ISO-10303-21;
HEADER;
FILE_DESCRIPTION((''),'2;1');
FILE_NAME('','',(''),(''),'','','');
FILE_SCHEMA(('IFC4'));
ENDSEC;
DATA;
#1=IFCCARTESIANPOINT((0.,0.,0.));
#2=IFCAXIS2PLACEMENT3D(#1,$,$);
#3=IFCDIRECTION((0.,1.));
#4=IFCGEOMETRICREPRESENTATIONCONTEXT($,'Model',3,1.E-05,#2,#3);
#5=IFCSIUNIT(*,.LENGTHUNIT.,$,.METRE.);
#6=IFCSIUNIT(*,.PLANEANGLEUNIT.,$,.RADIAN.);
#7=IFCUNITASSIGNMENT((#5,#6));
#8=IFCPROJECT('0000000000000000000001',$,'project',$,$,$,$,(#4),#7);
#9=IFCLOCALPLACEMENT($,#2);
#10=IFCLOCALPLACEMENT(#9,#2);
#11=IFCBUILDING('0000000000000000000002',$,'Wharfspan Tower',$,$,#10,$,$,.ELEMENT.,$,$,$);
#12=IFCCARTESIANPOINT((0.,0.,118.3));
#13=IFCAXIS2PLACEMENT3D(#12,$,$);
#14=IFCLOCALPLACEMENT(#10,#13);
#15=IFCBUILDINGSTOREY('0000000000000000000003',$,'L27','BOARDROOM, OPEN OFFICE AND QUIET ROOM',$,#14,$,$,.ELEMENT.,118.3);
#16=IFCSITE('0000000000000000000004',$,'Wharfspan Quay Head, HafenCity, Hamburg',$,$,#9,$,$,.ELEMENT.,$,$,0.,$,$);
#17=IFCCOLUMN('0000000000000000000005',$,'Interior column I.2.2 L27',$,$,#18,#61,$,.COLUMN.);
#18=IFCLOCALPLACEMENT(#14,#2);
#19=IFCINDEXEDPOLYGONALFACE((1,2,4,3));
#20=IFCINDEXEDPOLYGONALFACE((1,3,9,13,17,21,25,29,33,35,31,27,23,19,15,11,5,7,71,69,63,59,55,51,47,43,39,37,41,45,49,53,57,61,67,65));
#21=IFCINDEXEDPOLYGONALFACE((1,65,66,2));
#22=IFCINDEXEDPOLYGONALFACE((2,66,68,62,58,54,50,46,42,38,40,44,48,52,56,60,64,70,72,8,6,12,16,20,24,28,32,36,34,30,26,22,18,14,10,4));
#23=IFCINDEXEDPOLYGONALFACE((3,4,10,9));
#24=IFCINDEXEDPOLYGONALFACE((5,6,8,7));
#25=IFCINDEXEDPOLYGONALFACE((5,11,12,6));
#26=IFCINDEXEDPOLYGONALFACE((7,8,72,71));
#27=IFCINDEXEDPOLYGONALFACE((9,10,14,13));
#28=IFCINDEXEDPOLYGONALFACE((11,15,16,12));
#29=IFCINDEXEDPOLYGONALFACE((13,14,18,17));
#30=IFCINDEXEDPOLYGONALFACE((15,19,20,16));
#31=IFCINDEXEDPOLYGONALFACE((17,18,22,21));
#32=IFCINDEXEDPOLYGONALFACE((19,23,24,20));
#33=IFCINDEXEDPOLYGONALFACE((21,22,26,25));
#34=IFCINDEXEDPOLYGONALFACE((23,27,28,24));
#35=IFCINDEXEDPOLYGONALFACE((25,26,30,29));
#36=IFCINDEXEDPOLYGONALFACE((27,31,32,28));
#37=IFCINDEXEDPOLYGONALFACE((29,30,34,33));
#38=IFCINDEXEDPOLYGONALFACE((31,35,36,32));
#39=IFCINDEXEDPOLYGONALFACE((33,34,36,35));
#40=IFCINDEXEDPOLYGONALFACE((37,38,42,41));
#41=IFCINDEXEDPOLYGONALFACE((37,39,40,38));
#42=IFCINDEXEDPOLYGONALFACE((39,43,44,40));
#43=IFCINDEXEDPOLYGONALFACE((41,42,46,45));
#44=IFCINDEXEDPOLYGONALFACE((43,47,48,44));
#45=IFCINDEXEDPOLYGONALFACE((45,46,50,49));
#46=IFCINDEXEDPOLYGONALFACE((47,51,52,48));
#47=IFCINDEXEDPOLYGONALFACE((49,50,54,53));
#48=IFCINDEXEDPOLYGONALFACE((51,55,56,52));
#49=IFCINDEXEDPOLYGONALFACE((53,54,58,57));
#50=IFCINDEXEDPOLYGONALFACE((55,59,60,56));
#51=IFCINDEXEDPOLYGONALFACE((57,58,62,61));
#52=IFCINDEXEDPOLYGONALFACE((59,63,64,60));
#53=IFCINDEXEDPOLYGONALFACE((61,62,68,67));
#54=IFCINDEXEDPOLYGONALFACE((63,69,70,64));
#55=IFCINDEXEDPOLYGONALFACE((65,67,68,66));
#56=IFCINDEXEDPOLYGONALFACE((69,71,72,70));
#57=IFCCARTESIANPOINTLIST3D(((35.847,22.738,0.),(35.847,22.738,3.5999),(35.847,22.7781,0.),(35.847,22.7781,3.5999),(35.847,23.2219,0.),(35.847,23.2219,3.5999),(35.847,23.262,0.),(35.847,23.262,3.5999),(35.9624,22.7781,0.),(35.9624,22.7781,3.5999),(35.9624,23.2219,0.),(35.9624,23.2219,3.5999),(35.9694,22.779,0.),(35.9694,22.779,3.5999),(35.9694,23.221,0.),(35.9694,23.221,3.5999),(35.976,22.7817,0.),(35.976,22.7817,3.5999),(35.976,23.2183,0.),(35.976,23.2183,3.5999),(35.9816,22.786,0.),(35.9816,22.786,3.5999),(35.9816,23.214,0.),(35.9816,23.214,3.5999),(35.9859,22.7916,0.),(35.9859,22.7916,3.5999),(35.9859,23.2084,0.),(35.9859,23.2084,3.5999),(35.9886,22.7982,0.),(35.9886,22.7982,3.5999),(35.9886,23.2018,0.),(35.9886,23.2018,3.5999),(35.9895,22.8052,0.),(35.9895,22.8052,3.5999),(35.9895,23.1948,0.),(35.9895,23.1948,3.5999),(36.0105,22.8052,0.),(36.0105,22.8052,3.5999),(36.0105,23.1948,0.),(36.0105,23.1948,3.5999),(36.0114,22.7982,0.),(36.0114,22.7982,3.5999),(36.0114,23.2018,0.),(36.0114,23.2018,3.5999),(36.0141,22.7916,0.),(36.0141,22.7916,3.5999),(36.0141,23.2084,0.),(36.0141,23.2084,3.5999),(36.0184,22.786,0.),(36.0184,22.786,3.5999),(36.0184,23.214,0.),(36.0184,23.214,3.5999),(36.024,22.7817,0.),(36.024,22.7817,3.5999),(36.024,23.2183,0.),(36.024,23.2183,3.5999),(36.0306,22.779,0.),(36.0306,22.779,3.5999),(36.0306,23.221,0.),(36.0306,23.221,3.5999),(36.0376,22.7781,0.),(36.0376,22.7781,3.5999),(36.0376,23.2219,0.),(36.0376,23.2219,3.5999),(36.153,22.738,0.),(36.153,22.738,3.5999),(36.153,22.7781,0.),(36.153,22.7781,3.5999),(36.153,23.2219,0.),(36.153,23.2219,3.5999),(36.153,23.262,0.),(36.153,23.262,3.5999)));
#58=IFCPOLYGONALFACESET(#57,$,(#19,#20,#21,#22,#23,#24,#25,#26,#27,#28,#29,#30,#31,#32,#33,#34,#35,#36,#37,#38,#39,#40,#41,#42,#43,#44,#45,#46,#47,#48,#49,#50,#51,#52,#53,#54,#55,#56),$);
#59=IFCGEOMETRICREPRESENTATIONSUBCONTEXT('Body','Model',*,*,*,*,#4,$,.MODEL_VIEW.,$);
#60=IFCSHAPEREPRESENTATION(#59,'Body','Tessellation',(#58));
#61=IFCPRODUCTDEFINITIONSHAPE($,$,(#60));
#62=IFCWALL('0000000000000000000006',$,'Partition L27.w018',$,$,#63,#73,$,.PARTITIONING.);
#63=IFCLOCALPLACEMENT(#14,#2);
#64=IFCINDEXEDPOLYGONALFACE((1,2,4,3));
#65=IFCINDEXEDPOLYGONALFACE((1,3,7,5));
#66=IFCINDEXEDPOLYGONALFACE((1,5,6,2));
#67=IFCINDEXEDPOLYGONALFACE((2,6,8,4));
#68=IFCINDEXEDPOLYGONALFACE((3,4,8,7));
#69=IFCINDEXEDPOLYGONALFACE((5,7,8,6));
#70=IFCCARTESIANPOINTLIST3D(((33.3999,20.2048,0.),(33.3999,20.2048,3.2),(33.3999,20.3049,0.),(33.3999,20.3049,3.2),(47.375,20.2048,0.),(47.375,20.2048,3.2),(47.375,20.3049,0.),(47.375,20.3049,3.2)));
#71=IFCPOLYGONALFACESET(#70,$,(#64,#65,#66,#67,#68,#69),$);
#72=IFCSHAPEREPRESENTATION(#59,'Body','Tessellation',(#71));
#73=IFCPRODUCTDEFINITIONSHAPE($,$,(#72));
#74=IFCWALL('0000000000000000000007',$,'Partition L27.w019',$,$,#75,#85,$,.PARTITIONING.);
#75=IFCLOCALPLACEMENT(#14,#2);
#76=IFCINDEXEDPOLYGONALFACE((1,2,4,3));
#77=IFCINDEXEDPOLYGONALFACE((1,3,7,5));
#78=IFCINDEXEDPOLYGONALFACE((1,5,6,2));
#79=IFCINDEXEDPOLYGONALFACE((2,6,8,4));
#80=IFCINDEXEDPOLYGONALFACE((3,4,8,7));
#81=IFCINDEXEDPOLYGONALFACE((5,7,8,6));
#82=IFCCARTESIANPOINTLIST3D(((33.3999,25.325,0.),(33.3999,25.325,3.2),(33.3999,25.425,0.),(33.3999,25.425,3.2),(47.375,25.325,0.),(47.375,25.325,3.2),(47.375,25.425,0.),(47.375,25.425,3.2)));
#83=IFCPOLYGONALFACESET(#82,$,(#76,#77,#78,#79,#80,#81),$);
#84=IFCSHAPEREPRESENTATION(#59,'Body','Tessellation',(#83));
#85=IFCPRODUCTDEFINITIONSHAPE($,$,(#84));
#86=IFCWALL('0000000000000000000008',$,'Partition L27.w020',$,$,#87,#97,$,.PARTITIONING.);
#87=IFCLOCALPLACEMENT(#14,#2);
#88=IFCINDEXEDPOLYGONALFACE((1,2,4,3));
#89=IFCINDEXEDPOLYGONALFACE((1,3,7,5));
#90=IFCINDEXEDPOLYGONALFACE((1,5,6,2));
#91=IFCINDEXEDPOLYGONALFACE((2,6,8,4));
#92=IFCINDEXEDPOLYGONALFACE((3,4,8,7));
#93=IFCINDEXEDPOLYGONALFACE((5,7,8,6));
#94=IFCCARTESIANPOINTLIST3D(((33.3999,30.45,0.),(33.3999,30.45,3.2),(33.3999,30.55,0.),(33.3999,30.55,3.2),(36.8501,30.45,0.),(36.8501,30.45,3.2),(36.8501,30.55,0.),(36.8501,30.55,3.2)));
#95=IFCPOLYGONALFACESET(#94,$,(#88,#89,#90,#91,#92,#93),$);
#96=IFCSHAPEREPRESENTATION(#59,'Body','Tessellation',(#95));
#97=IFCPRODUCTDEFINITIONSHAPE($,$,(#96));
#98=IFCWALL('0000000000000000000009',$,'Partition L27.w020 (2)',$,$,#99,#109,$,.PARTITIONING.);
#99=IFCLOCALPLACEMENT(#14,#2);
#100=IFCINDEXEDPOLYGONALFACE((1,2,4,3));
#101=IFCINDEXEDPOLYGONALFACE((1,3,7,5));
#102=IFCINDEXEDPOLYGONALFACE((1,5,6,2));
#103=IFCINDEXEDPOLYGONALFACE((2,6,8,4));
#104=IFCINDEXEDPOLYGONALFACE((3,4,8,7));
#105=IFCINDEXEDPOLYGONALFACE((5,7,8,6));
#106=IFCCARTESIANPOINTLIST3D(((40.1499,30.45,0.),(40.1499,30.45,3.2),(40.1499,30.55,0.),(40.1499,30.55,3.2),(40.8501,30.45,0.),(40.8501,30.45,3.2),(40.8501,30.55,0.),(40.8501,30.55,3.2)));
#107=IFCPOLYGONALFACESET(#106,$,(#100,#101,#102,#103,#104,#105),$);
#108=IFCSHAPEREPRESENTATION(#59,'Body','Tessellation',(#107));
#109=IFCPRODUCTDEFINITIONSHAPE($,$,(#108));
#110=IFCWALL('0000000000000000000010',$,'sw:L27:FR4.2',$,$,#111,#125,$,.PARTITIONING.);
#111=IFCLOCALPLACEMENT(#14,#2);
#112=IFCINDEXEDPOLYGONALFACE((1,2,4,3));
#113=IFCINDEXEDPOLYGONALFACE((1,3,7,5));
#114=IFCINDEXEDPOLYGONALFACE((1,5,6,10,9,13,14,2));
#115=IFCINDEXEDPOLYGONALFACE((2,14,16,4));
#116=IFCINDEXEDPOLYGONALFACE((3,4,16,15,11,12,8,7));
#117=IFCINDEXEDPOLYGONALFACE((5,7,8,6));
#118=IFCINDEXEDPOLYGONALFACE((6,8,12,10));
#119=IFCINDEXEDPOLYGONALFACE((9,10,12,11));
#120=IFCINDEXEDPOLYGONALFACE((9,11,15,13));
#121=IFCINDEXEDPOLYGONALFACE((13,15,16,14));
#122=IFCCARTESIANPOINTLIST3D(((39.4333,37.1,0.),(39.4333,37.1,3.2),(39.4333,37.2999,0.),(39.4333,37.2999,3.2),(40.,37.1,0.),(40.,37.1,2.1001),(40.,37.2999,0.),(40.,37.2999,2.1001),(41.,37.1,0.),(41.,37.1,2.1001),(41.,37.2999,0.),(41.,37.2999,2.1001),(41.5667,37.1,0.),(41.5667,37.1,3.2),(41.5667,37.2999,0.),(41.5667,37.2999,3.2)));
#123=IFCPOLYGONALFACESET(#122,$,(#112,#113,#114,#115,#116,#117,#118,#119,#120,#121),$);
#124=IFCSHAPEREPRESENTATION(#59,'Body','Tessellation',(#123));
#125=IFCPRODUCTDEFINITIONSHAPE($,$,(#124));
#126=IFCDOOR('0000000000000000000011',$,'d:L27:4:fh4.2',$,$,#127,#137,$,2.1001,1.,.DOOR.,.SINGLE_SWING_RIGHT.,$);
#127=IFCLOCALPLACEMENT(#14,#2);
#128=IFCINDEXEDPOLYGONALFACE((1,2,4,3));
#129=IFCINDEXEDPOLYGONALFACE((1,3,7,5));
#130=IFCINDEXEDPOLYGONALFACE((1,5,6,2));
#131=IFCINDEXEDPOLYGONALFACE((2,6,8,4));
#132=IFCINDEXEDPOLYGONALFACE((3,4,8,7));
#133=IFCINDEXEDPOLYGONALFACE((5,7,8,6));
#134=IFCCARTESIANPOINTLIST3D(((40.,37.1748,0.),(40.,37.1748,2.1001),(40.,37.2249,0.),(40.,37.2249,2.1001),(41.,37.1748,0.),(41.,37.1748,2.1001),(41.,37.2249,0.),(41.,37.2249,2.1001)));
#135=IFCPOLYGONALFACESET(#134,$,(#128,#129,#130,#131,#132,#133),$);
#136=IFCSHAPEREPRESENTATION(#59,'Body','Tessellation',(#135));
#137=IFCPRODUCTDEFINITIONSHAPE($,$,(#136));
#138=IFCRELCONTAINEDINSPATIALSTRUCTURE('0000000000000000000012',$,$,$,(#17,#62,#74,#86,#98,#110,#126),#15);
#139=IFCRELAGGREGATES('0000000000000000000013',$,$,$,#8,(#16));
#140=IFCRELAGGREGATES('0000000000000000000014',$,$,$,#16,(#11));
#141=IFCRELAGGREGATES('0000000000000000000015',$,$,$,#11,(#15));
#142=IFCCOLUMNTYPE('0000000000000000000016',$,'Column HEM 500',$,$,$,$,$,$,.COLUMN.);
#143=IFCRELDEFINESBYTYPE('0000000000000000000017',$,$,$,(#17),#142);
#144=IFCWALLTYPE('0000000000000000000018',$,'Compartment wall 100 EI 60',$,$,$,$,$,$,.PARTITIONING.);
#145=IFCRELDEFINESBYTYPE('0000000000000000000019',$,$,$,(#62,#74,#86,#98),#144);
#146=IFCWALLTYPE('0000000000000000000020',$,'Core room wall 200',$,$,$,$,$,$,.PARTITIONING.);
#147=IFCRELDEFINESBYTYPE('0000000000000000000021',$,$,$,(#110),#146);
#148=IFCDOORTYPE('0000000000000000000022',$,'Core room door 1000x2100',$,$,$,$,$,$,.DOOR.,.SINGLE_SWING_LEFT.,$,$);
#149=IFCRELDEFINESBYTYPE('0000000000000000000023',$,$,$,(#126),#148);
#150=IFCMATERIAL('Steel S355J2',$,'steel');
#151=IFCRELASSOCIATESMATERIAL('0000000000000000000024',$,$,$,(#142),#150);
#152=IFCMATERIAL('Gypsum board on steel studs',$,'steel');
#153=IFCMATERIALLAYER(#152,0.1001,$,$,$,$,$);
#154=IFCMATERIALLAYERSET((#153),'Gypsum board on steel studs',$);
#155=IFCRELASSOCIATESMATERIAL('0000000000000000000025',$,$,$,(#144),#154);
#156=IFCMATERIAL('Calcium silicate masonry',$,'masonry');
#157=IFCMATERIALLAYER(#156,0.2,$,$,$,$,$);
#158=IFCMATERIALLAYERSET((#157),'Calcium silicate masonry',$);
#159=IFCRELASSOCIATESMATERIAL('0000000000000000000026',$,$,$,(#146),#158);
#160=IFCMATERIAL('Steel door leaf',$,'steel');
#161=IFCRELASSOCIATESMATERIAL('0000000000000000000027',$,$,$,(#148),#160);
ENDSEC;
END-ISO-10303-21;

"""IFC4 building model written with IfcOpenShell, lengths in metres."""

from ifc_helpers import new_model, si_unit, direction, frame, frame_2d, origin, origin_2d, place, context, subcontext, project, spatial, rectangle, i_section, extrude, material, layer, layer_set, material_profile, profile_set, type_object, element, fill, save


model = new_model("IFC4")

# Units and contexts
model_context = context("Model", 3, precision=1e-05, world=origin(), true_north=direction((0.0, 1.0)))
body_context = subcontext(model_context, "Body", "Model", "MODEL_VIEW")
ifc_project = project(units=[si_unit("LENGTHUNIT", "METRE"), si_unit("PLANEANGLEUNIT", "RADIAN")], contexts=[model_context])

# Site, building, storey
site_placement = place(None, origin())
site = spatial("IfcSite", under=ifc_project, at=site_placement, Name="Wharfspan Quay Head, HafenCity, Hamburg", CompositionType="ELEMENT", RefElevation=0.0)
building_placement = place(site_placement, origin())
building = spatial("IfcBuilding", under=site, at=building_placement, Name="Wharfspan Tower", CompositionType="ELEMENT")
storey_placement = place(building_placement, frame((0.0, 0.0, 118.3)))
storey = spatial("IfcBuildingStorey", under=building, at=storey_placement, Name="L27", Description="BOARDROOM, OPEN OFFICE AND QUIET ROOM", CompositionType="ELEMENT", Elevation=118.3)

# Column
ifc_material_1 = material(Name="Steel S355J2", Category="steel")
ifc_material_profile = material_profile(ifc_material_1, i_section(OverallWidth=0.3059, OverallDepth=0.5239, WebThickness=0.021, FlangeThickness=0.04, FilletRadius=0.0271, at=origin_2d()))
ifc_profile_set = profile_set([ifc_material_profile], Name="Steel S355J2")
column_type = type_object("IfcColumnType", Name="Column HEM 500", PredefinedType="COLUMN", material=ifc_profile_set)
column_placement = place(storey_placement, frame((36.0, 23.0, 0.0), z_axis=(0.0, 0.0, 1.0), x_axis=(1.0, 0.0, 0.0)))
element("IfcColumn", 1, at=column_placement, inside=storey, type_object=column_type, Name="Interior column I.2.2 L27", PredefinedType="COLUMN", context=body_context, shape_type="SweptSolid", body=[
    extrude(i_section(OverallWidth=0.3059, OverallDepth=0.5239, WebThickness=0.021, FlangeThickness=0.04, FilletRadius=0.0271, at=origin_2d()), origin(), (0.0, 0.0, 1.0), 3.5999),
])

# Walls
ifc_material_2 = material(Name="Gypsum board on steel studs", Category="steel")
ifc_layer_1 = layer(ifc_material_2, 0.1001)
ifc_layer_set_1 = layer_set([ifc_layer_1], Name="Gypsum board on steel studs")
wall_type_1 = type_object("IfcWallType", Name="Compartment wall 100 EI 60", PredefinedType="PARTITIONING", material=ifc_layer_set_1)
for number, where, z_axis, x_axis, name in (
    (2, (33.3999, 20.2549, 0.0), (0.0, 0.0, 1.0), (1.0, 0.0, 0.0), "Partition L27.w018"),
    (3, (33.3999, 25.375, 0.0), (0.0, 0.0, 1.0), (1.0, 0.0, 0.0), "Partition L27.w019"),
):
    element("IfcWall", number, at=place(storey_placement, frame(where, z_axis=z_axis, x_axis=x_axis)), inside=storey, type_object=wall_type_1, Name=name, PredefinedType="PARTITIONING", context=body_context, shape_type="SweptSolid", body=[
        extrude(rectangle(XDim=13.9751, YDim=0.1001, at=frame_2d((6.9875, 0.0))), origin(), (0.0, 0.0, 1.0), 3.2),
    ])
wall_1_placement = place(storey_placement, frame((33.3999, 30.5, 0.0), z_axis=(0.0, 0.0, 1.0), x_axis=(1.0, 0.0, 0.0)))
element("IfcWall", 4, at=wall_1_placement, inside=storey, type_object=wall_type_1, Name="Partition L27.w020", PredefinedType="PARTITIONING", context=body_context, shape_type="SweptSolid", body=[
    extrude(rectangle(XDim=3.4502, YDim=0.1001, at=frame_2d((1.7251, 0.0))), origin(), (0.0, 0.0, 1.0), 3.2),
])
wall_2_placement = place(storey_placement, frame((40.1499, 30.5, 0.0), z_axis=(0.0, 0.0, 1.0), x_axis=(1.0, 0.0, 0.0)))
element("IfcWall", 5, at=wall_2_placement, inside=storey, type_object=wall_type_1, Name="Partition L27.w020 (2)", PredefinedType="PARTITIONING", context=body_context, shape_type="SweptSolid", body=[
    extrude(rectangle(XDim=0.7002, YDim=0.1001, at=frame_2d((0.3501, 0.0))), origin(), (0.0, 0.0, 1.0), 3.2),
])

# Wall, opening, door
ifc_material_3 = material(Name="Calcium silicate masonry", Category="masonry")
ifc_layer_2 = layer(ifc_material_3, 0.2)
ifc_layer_set_2 = layer_set([ifc_layer_2], Name="Calcium silicate masonry")
wall_type_2 = type_object("IfcWallType", Name="Core room wall 200", PredefinedType="PARTITIONING", material=ifc_layer_set_2)
wall_3_placement = place(storey_placement, frame((39.4333, 37.2, 0.0), z_axis=(0.0, 0.0, 1.0), x_axis=(1.0, 0.0, 0.0)))
wall_3 = element("IfcWall", 6, at=wall_3_placement, inside=storey, type_object=wall_type_2, Name="sw:L27:FR4.2", PredefinedType="PARTITIONING", context=body_context, shape_type="SweptSolid", body=[
    extrude(rectangle(XDim=2.1333, YDim=0.2, at=frame_2d((1.0667, 0.0))), origin(), (0.0, 0.0, 1.0), 3.2),
])
opening_1_placement = place(wall_3_placement, frame((0.5666, 0.0, 0.0)))
opening_1 = element("IfcOpeningElement", 7, at=opening_1_placement, cuts=wall_3, PredefinedType="OPENING", context=body_context, shape_type="SweptSolid", body=[
    extrude(rectangle(XDim=1.0, YDim=2.1001, at=frame_2d((0.5, 1.05))), frame((0.0, 0.1099, 0.0), z_axis=(0.0, -1.0, 0.0), x_axis=(1.0, 0.0, 0.0)), (0.0, 0.0, 1.0), 0.22),
])
ifc_material_4 = material(Name="Steel door leaf", Category="steel")
door_type_1 = type_object("IfcDoorType", Name="Core room door 1000x2100", OperationType="SINGLE_SWING_LEFT", PredefinedType="DOOR", material=ifc_material_4)
door_1_placement = place(opening_1_placement, origin())
door_1 = element("IfcDoor", 8, at=door_1_placement, inside=storey, type_object=door_type_1, Name="d:L27:4:fh4.2", OperationType="SINGLE_SWING_RIGHT", OverallHeight=2.1001, OverallWidth=1.0, PredefinedType="DOOR", context=body_context, shape_type="SweptSolid", body=[
    extrude(rectangle(XDim=1.0, YDim=2.1001, at=frame_2d((0.5, 1.05))), frame((0.0, 0.0249, 0.0), z_axis=(0.0, -1.0, 0.0), x_axis=(1.0, 0.0, 0.0)), (0.0, 0.0, 1.0), 0.05),
])
fill(opening_1, door_1)

save(model, "model.ifc")
